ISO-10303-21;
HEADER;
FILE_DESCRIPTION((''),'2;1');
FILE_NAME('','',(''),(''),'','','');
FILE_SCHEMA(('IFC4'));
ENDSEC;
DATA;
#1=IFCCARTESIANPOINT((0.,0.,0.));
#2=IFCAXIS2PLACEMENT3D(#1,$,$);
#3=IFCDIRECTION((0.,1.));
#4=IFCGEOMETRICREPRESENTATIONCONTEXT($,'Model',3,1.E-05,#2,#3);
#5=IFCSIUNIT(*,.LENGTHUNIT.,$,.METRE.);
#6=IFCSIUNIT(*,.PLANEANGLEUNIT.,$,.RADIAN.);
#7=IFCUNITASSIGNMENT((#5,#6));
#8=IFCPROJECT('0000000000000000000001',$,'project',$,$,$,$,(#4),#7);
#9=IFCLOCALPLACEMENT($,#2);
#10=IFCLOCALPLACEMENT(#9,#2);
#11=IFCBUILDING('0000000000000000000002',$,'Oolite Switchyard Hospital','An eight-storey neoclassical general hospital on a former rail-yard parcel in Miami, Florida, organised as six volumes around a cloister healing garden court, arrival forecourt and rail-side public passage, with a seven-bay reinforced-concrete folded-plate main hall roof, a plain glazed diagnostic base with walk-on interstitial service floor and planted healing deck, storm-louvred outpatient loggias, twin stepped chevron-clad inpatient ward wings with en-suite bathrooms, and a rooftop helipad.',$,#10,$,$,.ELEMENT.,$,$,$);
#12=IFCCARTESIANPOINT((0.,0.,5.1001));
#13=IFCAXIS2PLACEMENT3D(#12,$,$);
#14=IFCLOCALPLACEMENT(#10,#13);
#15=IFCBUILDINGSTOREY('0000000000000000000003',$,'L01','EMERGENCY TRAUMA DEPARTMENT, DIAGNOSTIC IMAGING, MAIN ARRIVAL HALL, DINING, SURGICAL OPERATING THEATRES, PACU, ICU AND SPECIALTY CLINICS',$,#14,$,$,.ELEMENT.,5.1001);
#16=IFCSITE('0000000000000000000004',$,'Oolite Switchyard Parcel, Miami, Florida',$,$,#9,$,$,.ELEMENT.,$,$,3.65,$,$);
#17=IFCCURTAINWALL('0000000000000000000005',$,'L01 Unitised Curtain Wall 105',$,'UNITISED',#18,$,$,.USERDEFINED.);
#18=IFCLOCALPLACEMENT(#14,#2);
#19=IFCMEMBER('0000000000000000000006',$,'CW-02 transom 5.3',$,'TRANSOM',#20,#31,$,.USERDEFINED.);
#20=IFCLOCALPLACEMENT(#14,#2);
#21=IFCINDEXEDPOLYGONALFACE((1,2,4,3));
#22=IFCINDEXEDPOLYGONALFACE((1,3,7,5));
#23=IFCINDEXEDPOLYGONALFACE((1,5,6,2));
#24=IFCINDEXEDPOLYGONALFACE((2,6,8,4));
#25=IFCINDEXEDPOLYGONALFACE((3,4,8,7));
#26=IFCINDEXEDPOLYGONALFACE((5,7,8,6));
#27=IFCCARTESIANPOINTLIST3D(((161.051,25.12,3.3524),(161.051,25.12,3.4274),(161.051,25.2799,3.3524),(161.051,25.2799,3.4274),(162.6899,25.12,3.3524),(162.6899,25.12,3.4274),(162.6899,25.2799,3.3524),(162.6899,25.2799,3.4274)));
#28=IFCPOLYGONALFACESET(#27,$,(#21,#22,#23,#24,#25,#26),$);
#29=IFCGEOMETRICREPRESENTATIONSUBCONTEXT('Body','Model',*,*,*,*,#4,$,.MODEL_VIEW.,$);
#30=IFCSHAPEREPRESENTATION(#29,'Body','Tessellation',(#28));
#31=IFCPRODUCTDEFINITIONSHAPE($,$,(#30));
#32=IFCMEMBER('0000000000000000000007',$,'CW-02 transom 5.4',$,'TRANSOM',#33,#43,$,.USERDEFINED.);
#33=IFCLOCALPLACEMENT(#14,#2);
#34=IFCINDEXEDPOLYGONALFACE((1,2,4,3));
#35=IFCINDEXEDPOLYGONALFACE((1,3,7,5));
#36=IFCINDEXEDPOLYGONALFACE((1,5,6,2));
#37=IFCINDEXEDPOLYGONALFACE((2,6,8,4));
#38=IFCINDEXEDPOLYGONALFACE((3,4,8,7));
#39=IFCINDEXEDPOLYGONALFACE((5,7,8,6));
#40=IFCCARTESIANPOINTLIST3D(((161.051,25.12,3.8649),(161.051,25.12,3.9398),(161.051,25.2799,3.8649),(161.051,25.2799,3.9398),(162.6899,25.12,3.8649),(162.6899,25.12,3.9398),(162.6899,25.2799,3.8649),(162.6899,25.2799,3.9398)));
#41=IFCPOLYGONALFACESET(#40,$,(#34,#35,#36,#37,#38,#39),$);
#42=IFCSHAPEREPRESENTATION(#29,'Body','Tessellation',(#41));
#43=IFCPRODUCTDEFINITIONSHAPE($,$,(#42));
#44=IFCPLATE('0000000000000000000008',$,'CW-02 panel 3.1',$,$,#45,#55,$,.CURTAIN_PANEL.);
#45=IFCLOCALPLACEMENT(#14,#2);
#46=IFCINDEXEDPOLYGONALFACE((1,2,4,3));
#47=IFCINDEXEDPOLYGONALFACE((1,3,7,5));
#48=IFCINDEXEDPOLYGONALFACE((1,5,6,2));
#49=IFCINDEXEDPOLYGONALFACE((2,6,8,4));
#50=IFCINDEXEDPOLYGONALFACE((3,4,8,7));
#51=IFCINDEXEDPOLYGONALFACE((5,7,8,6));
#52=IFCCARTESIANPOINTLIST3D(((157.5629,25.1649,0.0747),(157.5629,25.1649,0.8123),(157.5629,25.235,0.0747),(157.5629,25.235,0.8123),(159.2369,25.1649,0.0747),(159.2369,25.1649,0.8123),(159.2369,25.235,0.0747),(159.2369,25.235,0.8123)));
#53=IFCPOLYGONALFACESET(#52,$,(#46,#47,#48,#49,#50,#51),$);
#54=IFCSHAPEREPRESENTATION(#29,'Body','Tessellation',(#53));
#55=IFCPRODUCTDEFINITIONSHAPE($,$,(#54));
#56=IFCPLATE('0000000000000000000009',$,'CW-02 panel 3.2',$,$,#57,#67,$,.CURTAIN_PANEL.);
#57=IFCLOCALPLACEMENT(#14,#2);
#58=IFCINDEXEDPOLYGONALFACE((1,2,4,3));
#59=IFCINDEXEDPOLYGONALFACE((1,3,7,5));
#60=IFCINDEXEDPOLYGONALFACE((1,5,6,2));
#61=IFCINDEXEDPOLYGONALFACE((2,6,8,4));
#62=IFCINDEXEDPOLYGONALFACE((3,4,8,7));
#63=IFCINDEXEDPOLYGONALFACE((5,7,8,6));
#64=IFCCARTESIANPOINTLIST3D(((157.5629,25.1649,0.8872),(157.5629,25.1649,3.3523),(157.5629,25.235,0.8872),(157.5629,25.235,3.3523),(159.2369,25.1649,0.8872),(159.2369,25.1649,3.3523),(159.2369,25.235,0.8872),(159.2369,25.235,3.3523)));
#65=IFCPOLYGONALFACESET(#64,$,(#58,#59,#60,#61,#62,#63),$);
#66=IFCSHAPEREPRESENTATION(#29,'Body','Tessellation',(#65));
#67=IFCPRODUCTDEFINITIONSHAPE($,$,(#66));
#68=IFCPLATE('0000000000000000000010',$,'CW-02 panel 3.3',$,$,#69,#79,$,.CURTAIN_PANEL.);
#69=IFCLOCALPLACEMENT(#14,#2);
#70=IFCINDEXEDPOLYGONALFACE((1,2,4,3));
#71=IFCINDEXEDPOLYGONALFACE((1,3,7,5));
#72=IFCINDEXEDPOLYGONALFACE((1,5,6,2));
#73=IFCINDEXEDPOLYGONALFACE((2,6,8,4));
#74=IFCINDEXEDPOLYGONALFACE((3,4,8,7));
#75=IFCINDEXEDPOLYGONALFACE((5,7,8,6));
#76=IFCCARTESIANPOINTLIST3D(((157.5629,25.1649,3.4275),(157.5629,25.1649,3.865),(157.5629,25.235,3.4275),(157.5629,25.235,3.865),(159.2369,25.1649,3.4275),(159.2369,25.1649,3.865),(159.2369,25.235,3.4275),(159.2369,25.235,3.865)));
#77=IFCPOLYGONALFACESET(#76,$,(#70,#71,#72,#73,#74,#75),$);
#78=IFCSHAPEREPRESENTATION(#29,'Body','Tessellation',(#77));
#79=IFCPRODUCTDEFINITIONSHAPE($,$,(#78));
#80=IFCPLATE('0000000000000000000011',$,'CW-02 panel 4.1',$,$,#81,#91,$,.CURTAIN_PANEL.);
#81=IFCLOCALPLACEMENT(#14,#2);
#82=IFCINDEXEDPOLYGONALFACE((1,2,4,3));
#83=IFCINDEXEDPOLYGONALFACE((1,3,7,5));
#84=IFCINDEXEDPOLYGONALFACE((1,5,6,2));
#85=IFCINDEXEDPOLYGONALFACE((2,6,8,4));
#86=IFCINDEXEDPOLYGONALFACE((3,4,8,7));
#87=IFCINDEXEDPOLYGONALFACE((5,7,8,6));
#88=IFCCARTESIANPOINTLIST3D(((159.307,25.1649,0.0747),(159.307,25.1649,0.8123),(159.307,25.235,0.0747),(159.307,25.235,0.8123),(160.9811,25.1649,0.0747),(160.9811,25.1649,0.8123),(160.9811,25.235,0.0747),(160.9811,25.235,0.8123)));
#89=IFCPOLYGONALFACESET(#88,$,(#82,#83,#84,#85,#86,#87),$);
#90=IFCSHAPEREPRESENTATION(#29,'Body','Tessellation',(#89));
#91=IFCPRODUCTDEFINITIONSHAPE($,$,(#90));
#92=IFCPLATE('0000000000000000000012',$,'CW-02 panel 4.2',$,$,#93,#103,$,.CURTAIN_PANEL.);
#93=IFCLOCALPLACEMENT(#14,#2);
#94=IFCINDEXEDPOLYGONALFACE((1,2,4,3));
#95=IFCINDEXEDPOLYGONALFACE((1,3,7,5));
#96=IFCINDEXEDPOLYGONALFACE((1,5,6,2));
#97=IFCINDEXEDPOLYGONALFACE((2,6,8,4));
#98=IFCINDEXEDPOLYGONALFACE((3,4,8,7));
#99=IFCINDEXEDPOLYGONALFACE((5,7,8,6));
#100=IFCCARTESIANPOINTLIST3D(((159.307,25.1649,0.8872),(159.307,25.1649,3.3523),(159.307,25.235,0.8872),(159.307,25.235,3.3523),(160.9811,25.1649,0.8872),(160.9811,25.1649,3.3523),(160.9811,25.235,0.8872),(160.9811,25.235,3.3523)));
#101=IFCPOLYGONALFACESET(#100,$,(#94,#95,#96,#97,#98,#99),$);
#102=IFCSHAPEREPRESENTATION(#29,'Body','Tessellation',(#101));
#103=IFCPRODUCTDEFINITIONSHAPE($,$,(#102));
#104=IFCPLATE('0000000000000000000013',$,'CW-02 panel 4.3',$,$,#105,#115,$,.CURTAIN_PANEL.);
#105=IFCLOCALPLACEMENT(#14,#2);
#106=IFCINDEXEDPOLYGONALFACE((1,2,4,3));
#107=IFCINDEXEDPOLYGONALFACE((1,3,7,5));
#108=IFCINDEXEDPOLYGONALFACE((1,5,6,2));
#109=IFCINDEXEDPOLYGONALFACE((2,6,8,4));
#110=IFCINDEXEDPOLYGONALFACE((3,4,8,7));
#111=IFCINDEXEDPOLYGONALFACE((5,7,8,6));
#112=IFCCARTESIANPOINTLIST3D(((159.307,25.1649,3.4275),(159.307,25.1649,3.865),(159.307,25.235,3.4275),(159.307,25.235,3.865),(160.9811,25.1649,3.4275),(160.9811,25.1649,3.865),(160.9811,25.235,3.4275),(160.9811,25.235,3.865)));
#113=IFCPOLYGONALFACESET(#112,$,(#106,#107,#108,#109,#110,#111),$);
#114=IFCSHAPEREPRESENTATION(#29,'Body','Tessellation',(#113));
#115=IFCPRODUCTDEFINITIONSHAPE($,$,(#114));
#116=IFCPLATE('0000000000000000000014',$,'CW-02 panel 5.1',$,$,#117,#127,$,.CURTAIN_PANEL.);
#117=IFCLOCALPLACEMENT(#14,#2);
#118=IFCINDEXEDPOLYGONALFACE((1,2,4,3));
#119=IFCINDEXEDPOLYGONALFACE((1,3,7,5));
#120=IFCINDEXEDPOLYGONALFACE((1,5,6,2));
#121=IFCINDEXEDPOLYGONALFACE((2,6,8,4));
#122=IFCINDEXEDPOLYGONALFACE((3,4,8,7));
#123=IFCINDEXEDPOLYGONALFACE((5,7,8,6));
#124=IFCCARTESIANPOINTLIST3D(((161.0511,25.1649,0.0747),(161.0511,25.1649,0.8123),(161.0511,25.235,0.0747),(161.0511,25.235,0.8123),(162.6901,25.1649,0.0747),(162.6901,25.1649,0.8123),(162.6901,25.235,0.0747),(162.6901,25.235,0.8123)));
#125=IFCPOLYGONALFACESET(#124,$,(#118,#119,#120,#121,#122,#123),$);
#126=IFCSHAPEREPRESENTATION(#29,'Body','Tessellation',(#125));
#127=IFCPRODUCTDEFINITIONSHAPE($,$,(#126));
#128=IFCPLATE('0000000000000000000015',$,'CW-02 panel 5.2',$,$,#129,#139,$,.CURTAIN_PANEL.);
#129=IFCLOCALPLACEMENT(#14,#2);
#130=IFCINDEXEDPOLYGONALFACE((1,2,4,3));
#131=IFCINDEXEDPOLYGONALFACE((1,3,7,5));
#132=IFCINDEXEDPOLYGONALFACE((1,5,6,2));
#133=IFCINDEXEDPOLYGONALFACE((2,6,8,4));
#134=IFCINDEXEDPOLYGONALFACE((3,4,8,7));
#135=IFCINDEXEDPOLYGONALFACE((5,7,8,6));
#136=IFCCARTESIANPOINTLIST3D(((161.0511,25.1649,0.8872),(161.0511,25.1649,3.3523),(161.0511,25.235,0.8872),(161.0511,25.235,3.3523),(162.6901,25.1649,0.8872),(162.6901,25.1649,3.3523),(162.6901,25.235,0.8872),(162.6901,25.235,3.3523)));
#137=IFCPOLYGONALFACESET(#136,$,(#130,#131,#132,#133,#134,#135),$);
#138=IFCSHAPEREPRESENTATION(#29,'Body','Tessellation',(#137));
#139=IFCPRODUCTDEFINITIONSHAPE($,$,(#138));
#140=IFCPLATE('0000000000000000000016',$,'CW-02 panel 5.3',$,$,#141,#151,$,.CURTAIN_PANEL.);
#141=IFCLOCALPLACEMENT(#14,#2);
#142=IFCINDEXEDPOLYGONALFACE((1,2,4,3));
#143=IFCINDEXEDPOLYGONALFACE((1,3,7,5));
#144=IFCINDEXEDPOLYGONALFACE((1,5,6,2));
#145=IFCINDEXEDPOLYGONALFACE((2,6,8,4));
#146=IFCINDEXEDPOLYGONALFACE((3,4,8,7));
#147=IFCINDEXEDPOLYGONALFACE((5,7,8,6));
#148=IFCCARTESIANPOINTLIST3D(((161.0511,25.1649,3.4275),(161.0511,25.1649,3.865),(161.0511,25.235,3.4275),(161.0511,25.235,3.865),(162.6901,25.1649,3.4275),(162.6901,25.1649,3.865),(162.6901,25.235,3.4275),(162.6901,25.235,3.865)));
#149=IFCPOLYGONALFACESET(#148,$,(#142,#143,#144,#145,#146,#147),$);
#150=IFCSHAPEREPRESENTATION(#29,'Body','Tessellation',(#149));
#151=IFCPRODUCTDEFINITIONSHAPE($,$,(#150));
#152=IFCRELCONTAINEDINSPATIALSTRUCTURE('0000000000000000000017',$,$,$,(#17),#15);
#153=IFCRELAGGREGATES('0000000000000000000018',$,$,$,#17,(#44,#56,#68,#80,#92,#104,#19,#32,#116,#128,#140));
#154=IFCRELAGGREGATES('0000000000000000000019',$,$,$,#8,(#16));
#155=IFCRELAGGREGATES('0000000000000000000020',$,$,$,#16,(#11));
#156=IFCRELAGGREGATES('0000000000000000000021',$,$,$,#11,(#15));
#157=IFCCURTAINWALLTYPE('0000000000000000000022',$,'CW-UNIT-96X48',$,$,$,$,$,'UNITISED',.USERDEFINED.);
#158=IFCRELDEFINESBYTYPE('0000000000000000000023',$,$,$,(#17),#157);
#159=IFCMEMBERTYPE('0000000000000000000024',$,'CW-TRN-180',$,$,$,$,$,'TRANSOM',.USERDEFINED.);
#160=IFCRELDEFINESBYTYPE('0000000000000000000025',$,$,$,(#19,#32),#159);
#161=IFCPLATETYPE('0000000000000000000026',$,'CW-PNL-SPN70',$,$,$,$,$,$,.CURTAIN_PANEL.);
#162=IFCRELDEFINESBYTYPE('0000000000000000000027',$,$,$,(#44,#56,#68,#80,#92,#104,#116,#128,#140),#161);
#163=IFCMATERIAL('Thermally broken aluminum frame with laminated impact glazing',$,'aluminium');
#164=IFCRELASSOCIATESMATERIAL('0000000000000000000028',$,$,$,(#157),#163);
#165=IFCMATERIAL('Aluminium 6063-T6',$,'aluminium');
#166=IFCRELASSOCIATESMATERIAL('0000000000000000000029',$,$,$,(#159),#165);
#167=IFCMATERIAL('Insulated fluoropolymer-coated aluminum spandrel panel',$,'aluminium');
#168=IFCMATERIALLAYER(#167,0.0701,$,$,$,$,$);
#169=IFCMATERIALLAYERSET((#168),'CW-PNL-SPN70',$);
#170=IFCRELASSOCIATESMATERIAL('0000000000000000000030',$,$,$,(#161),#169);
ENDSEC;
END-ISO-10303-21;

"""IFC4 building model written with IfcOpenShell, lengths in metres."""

from ifc_helpers import new_model, si_unit, direction, frame, origin, origin_2d, place, context, subcontext, project, spatial, rectangle, extrude, material, layer, layer_set, material_profile, profile_set, type_object, element, aggregate, save


model = new_model("IFC4")

# Units and contexts
model_context = context("Model", 3, precision=1e-05, world=origin(), true_north=direction((0.0, 1.0)))
body_context = subcontext(model_context, "Body", "Model", "MODEL_VIEW")
ifc_project = project(units=[si_unit("LENGTHUNIT", "METRE"), si_unit("PLANEANGLEUNIT", "RADIAN")], contexts=[model_context])

# Site, building, storey
site_placement = place(None, origin())
site = spatial("IfcSite", under=ifc_project, at=site_placement, Name="Oolite Switchyard Parcel, Miami, Florida", CompositionType="ELEMENT", RefElevation=3.65)
building_placement = place(site_placement, origin())
building = spatial("IfcBuilding", under=site, at=building_placement, Name="Oolite Switchyard Hospital", Description="An eight-storey neoclassical general hospital on a former rail-yard parcel in Miami, Florida, organised as six volumes around a cloister healing garden court, arrival forecourt and rail-side public passage, with a seven-bay reinforced-concrete folded-plate main hall roof, a plain glazed diagnostic base with walk-on interstitial service floor and planted healing deck, storm-louvred outpatient loggias, twin stepped chevron-clad inpatient ward wings with en-suite bathrooms, and a rooftop helipad.", CompositionType="ELEMENT")
storey_placement = place(building_placement, frame((0.0, 0.0, 5.1001)))
storey = spatial("IfcBuildingStorey", under=building, at=storey_placement, Name="L01", Description="EMERGENCY TRAUMA DEPARTMENT, DIAGNOSTIC IMAGING, MAIN ARRIVAL HALL, DINING, SURGICAL OPERATING THEATRES, PACU, ICU AND SPECIALTY CLINICS", CompositionType="ELEMENT", Elevation=5.1001)

# Curtain wall
ifc_material_1 = material(Name="Thermally broken aluminum frame with laminated impact glazing", Category="aluminium")
curtain_wall_type = type_object("IfcCurtainWallType", Name="CW-UNIT-96X48", ElementType="UNITISED", PredefinedType="USERDEFINED", material=ifc_material_1)
curtain_wall_1_placement = place(storey_placement, origin())
curtain_wall_1 = element("IfcCurtainWall", 1, at=curtain_wall_1_placement, inside=storey, type_object=curtain_wall_type, Name="L01 Unitised Curtain Wall 105", ObjectType="UNITISED", PredefinedType="USERDEFINED")
ifc_material_2 = material(Name="Aluminium 6063-T6", Category="aluminium")

# Members
ifc_material_profile_1 = material_profile(ifc_material_2, rectangle(XDim=0.1599, YDim=0.075, at=origin_2d()), Name="CWT75X160")
ifc_profile_set_1 = profile_set([ifc_material_profile_1], Name="Aluminium 6063-T6")
member_type_1 = type_object("IfcMemberType", Name="CW-TRN-180", ElementType="TRANSOM", PredefinedType="USERDEFINED", material=ifc_profile_set_1)
member_1_placement = place(storey_placement, frame((161.051, 25.2, 3.3899), z_axis=(1.0, 0.0, 0.0), x_axis=(0.0, 1.0, 0.0)))
member_1 = element("IfcMember", 2, at=member_1_placement, type_object=member_type_1, Name="CW-02 transom 5.3", ObjectType="TRANSOM", PredefinedType="USERDEFINED", context=body_context, shape_type="SweptSolid", body=[
    extrude(rectangle(XDim=0.1599, YDim=0.075, at=origin_2d()), origin(), (0.0, 0.0, 1.0), 1.6389),
])
member_2_placement = place(storey_placement, frame((161.051, 25.2, 3.9023), z_axis=(1.0, 0.0, 0.0), x_axis=(0.0, 1.0, 0.0)))
member_2 = element("IfcMember", 3, at=member_2_placement, type_object=member_type_1, Name="CW-02 transom 5.4", ObjectType="TRANSOM", PredefinedType="USERDEFINED", context=body_context, shape_type="SweptSolid", body=[
    extrude(rectangle(XDim=0.1599, YDim=0.075, at=origin_2d()), origin(), (0.0, 0.0, 1.0), 1.6389),
])

# Plates
ifc_material_3 = material(Name="Insulated fluoropolymer-coated aluminum spandrel panel", Category="aluminium")
ifc_layer = layer(ifc_material_3, 0.0701)
ifc_layer_set = layer_set([ifc_layer], Name="CW-PNL-SPN70")
plate_type = type_object("IfcPlateType", Name="CW-PNL-SPN70", PredefinedType="CURTAIN_PANEL", material=ifc_layer_set)
plate_1_placement = place(storey_placement, frame((158.3999, 25.2, 0.0747), z_axis=(0.0, 0.0, 1.0), x_axis=(1.0, 0.0, 0.0)))
plate_1 = element("IfcPlate", 4, at=plate_1_placement, type_object=plate_type, Name="CW-02 panel 3.1", PredefinedType="CURTAIN_PANEL", context=body_context, shape_type="SweptSolid", body=[
    extrude(rectangle(XDim=1.6741, YDim=0.0701, at=origin_2d()), origin(), (0.0, 0.0, 1.0), 0.7375),
])
plate_2_placement = place(storey_placement, frame((158.3999, 25.2, 0.8872), z_axis=(0.0, 0.0, 1.0), x_axis=(1.0, 0.0, 0.0)))
plate_2 = element("IfcPlate", 5, at=plate_2_placement, type_object=plate_type, Name="CW-02 panel 3.2", PredefinedType="CURTAIN_PANEL", context=body_context, shape_type="SweptSolid", body=[
    extrude(rectangle(XDim=1.6741, YDim=0.0701, at=origin_2d()), origin(), (0.0, 0.0, 1.0), 2.4651),
])
plate_3_placement = place(storey_placement, frame((158.3999, 25.2, 3.4275), z_axis=(0.0, 0.0, 1.0), x_axis=(1.0, 0.0, 0.0)))
plate_3 = element("IfcPlate", 6, at=plate_3_placement, type_object=plate_type, Name="CW-02 panel 3.3", PredefinedType="CURTAIN_PANEL", context=body_context, shape_type="SweptSolid", body=[
    extrude(rectangle(XDim=1.6741, YDim=0.0701, at=origin_2d()), origin(), (0.0, 0.0, 1.0), 0.4375),
])
plate_4_placement = place(storey_placement, frame((160.144, 25.2, 0.0747), z_axis=(0.0, 0.0, 1.0), x_axis=(1.0, 0.0, 0.0)))
plate_4 = element("IfcPlate", 7, at=plate_4_placement, type_object=plate_type, Name="CW-02 panel 4.1", PredefinedType="CURTAIN_PANEL", context=body_context, shape_type="SweptSolid", body=[
    extrude(rectangle(XDim=1.6741, YDim=0.0701, at=origin_2d()), origin(), (0.0, 0.0, 1.0), 0.7375),
])
plate_5_placement = place(storey_placement, frame((160.144, 25.2, 0.8872), z_axis=(0.0, 0.0, 1.0), x_axis=(1.0, 0.0, 0.0)))
plate_5 = element("IfcPlate", 8, at=plate_5_placement, type_object=plate_type, Name="CW-02 panel 4.2", PredefinedType="CURTAIN_PANEL", context=body_context, shape_type="SweptSolid", body=[
    extrude(rectangle(XDim=1.6741, YDim=0.0701, at=origin_2d()), origin(), (0.0, 0.0, 1.0), 2.4651),
])
plate_6_placement = place(storey_placement, frame((160.144, 25.2, 3.4275), z_axis=(0.0, 0.0, 1.0), x_axis=(1.0, 0.0, 0.0)))
plate_6 = element("IfcPlate", 9, at=plate_6_placement, type_object=plate_type, Name="CW-02 panel 4.3", PredefinedType="CURTAIN_PANEL", context=body_context, shape_type="SweptSolid", body=[
    extrude(rectangle(XDim=1.6741, YDim=0.0701, at=origin_2d()), origin(), (0.0, 0.0, 1.0), 0.4375),
])
plate_7_placement = place(storey_placement, frame((161.8706, 25.2, 0.0747), z_axis=(0.0, 0.0, 1.0), x_axis=(1.0, 0.0, 0.0)))
plate_7 = element("IfcPlate", 10, at=plate_7_placement, type_object=plate_type, Name="CW-02 panel 5.1", PredefinedType="CURTAIN_PANEL", context=body_context, shape_type="SweptSolid", body=[
    extrude(rectangle(XDim=1.6389, YDim=0.0701, at=origin_2d()), origin(), (0.0, 0.0, 1.0), 0.7375),
])
plate_8_placement = place(storey_placement, frame((161.8706, 25.2, 0.8872), z_axis=(0.0, 0.0, 1.0), x_axis=(1.0, 0.0, 0.0)))
plate_8 = element("IfcPlate", 11, at=plate_8_placement, type_object=plate_type, Name="CW-02 panel 5.2", PredefinedType="CURTAIN_PANEL", context=body_context, shape_type="SweptSolid", body=[
    extrude(rectangle(XDim=1.6389, YDim=0.0701, at=origin_2d()), origin(), (0.0, 0.0, 1.0), 2.4651),
])
plate_9_placement = place(storey_placement, frame((161.8706, 25.2, 3.4275), z_axis=(0.0, 0.0, 1.0), x_axis=(1.0, 0.0, 0.0)))
plate_9 = element("IfcPlate", 12, at=plate_9_placement, type_object=plate_type, Name="CW-02 panel 5.3", PredefinedType="CURTAIN_PANEL", context=body_context, shape_type="SweptSolid", body=[
    extrude(rectangle(XDim=1.6389, YDim=0.0701, at=origin_2d()), origin(), (0.0, 0.0, 1.0), 0.4375),
])
aggregate(curtain_wall_1, [plate_1, plate_2, plate_3, plate_4, plate_5, plate_6, member_1, member_2, plate_7, plate_8, plate_9])

save(model, "model.ifc")
